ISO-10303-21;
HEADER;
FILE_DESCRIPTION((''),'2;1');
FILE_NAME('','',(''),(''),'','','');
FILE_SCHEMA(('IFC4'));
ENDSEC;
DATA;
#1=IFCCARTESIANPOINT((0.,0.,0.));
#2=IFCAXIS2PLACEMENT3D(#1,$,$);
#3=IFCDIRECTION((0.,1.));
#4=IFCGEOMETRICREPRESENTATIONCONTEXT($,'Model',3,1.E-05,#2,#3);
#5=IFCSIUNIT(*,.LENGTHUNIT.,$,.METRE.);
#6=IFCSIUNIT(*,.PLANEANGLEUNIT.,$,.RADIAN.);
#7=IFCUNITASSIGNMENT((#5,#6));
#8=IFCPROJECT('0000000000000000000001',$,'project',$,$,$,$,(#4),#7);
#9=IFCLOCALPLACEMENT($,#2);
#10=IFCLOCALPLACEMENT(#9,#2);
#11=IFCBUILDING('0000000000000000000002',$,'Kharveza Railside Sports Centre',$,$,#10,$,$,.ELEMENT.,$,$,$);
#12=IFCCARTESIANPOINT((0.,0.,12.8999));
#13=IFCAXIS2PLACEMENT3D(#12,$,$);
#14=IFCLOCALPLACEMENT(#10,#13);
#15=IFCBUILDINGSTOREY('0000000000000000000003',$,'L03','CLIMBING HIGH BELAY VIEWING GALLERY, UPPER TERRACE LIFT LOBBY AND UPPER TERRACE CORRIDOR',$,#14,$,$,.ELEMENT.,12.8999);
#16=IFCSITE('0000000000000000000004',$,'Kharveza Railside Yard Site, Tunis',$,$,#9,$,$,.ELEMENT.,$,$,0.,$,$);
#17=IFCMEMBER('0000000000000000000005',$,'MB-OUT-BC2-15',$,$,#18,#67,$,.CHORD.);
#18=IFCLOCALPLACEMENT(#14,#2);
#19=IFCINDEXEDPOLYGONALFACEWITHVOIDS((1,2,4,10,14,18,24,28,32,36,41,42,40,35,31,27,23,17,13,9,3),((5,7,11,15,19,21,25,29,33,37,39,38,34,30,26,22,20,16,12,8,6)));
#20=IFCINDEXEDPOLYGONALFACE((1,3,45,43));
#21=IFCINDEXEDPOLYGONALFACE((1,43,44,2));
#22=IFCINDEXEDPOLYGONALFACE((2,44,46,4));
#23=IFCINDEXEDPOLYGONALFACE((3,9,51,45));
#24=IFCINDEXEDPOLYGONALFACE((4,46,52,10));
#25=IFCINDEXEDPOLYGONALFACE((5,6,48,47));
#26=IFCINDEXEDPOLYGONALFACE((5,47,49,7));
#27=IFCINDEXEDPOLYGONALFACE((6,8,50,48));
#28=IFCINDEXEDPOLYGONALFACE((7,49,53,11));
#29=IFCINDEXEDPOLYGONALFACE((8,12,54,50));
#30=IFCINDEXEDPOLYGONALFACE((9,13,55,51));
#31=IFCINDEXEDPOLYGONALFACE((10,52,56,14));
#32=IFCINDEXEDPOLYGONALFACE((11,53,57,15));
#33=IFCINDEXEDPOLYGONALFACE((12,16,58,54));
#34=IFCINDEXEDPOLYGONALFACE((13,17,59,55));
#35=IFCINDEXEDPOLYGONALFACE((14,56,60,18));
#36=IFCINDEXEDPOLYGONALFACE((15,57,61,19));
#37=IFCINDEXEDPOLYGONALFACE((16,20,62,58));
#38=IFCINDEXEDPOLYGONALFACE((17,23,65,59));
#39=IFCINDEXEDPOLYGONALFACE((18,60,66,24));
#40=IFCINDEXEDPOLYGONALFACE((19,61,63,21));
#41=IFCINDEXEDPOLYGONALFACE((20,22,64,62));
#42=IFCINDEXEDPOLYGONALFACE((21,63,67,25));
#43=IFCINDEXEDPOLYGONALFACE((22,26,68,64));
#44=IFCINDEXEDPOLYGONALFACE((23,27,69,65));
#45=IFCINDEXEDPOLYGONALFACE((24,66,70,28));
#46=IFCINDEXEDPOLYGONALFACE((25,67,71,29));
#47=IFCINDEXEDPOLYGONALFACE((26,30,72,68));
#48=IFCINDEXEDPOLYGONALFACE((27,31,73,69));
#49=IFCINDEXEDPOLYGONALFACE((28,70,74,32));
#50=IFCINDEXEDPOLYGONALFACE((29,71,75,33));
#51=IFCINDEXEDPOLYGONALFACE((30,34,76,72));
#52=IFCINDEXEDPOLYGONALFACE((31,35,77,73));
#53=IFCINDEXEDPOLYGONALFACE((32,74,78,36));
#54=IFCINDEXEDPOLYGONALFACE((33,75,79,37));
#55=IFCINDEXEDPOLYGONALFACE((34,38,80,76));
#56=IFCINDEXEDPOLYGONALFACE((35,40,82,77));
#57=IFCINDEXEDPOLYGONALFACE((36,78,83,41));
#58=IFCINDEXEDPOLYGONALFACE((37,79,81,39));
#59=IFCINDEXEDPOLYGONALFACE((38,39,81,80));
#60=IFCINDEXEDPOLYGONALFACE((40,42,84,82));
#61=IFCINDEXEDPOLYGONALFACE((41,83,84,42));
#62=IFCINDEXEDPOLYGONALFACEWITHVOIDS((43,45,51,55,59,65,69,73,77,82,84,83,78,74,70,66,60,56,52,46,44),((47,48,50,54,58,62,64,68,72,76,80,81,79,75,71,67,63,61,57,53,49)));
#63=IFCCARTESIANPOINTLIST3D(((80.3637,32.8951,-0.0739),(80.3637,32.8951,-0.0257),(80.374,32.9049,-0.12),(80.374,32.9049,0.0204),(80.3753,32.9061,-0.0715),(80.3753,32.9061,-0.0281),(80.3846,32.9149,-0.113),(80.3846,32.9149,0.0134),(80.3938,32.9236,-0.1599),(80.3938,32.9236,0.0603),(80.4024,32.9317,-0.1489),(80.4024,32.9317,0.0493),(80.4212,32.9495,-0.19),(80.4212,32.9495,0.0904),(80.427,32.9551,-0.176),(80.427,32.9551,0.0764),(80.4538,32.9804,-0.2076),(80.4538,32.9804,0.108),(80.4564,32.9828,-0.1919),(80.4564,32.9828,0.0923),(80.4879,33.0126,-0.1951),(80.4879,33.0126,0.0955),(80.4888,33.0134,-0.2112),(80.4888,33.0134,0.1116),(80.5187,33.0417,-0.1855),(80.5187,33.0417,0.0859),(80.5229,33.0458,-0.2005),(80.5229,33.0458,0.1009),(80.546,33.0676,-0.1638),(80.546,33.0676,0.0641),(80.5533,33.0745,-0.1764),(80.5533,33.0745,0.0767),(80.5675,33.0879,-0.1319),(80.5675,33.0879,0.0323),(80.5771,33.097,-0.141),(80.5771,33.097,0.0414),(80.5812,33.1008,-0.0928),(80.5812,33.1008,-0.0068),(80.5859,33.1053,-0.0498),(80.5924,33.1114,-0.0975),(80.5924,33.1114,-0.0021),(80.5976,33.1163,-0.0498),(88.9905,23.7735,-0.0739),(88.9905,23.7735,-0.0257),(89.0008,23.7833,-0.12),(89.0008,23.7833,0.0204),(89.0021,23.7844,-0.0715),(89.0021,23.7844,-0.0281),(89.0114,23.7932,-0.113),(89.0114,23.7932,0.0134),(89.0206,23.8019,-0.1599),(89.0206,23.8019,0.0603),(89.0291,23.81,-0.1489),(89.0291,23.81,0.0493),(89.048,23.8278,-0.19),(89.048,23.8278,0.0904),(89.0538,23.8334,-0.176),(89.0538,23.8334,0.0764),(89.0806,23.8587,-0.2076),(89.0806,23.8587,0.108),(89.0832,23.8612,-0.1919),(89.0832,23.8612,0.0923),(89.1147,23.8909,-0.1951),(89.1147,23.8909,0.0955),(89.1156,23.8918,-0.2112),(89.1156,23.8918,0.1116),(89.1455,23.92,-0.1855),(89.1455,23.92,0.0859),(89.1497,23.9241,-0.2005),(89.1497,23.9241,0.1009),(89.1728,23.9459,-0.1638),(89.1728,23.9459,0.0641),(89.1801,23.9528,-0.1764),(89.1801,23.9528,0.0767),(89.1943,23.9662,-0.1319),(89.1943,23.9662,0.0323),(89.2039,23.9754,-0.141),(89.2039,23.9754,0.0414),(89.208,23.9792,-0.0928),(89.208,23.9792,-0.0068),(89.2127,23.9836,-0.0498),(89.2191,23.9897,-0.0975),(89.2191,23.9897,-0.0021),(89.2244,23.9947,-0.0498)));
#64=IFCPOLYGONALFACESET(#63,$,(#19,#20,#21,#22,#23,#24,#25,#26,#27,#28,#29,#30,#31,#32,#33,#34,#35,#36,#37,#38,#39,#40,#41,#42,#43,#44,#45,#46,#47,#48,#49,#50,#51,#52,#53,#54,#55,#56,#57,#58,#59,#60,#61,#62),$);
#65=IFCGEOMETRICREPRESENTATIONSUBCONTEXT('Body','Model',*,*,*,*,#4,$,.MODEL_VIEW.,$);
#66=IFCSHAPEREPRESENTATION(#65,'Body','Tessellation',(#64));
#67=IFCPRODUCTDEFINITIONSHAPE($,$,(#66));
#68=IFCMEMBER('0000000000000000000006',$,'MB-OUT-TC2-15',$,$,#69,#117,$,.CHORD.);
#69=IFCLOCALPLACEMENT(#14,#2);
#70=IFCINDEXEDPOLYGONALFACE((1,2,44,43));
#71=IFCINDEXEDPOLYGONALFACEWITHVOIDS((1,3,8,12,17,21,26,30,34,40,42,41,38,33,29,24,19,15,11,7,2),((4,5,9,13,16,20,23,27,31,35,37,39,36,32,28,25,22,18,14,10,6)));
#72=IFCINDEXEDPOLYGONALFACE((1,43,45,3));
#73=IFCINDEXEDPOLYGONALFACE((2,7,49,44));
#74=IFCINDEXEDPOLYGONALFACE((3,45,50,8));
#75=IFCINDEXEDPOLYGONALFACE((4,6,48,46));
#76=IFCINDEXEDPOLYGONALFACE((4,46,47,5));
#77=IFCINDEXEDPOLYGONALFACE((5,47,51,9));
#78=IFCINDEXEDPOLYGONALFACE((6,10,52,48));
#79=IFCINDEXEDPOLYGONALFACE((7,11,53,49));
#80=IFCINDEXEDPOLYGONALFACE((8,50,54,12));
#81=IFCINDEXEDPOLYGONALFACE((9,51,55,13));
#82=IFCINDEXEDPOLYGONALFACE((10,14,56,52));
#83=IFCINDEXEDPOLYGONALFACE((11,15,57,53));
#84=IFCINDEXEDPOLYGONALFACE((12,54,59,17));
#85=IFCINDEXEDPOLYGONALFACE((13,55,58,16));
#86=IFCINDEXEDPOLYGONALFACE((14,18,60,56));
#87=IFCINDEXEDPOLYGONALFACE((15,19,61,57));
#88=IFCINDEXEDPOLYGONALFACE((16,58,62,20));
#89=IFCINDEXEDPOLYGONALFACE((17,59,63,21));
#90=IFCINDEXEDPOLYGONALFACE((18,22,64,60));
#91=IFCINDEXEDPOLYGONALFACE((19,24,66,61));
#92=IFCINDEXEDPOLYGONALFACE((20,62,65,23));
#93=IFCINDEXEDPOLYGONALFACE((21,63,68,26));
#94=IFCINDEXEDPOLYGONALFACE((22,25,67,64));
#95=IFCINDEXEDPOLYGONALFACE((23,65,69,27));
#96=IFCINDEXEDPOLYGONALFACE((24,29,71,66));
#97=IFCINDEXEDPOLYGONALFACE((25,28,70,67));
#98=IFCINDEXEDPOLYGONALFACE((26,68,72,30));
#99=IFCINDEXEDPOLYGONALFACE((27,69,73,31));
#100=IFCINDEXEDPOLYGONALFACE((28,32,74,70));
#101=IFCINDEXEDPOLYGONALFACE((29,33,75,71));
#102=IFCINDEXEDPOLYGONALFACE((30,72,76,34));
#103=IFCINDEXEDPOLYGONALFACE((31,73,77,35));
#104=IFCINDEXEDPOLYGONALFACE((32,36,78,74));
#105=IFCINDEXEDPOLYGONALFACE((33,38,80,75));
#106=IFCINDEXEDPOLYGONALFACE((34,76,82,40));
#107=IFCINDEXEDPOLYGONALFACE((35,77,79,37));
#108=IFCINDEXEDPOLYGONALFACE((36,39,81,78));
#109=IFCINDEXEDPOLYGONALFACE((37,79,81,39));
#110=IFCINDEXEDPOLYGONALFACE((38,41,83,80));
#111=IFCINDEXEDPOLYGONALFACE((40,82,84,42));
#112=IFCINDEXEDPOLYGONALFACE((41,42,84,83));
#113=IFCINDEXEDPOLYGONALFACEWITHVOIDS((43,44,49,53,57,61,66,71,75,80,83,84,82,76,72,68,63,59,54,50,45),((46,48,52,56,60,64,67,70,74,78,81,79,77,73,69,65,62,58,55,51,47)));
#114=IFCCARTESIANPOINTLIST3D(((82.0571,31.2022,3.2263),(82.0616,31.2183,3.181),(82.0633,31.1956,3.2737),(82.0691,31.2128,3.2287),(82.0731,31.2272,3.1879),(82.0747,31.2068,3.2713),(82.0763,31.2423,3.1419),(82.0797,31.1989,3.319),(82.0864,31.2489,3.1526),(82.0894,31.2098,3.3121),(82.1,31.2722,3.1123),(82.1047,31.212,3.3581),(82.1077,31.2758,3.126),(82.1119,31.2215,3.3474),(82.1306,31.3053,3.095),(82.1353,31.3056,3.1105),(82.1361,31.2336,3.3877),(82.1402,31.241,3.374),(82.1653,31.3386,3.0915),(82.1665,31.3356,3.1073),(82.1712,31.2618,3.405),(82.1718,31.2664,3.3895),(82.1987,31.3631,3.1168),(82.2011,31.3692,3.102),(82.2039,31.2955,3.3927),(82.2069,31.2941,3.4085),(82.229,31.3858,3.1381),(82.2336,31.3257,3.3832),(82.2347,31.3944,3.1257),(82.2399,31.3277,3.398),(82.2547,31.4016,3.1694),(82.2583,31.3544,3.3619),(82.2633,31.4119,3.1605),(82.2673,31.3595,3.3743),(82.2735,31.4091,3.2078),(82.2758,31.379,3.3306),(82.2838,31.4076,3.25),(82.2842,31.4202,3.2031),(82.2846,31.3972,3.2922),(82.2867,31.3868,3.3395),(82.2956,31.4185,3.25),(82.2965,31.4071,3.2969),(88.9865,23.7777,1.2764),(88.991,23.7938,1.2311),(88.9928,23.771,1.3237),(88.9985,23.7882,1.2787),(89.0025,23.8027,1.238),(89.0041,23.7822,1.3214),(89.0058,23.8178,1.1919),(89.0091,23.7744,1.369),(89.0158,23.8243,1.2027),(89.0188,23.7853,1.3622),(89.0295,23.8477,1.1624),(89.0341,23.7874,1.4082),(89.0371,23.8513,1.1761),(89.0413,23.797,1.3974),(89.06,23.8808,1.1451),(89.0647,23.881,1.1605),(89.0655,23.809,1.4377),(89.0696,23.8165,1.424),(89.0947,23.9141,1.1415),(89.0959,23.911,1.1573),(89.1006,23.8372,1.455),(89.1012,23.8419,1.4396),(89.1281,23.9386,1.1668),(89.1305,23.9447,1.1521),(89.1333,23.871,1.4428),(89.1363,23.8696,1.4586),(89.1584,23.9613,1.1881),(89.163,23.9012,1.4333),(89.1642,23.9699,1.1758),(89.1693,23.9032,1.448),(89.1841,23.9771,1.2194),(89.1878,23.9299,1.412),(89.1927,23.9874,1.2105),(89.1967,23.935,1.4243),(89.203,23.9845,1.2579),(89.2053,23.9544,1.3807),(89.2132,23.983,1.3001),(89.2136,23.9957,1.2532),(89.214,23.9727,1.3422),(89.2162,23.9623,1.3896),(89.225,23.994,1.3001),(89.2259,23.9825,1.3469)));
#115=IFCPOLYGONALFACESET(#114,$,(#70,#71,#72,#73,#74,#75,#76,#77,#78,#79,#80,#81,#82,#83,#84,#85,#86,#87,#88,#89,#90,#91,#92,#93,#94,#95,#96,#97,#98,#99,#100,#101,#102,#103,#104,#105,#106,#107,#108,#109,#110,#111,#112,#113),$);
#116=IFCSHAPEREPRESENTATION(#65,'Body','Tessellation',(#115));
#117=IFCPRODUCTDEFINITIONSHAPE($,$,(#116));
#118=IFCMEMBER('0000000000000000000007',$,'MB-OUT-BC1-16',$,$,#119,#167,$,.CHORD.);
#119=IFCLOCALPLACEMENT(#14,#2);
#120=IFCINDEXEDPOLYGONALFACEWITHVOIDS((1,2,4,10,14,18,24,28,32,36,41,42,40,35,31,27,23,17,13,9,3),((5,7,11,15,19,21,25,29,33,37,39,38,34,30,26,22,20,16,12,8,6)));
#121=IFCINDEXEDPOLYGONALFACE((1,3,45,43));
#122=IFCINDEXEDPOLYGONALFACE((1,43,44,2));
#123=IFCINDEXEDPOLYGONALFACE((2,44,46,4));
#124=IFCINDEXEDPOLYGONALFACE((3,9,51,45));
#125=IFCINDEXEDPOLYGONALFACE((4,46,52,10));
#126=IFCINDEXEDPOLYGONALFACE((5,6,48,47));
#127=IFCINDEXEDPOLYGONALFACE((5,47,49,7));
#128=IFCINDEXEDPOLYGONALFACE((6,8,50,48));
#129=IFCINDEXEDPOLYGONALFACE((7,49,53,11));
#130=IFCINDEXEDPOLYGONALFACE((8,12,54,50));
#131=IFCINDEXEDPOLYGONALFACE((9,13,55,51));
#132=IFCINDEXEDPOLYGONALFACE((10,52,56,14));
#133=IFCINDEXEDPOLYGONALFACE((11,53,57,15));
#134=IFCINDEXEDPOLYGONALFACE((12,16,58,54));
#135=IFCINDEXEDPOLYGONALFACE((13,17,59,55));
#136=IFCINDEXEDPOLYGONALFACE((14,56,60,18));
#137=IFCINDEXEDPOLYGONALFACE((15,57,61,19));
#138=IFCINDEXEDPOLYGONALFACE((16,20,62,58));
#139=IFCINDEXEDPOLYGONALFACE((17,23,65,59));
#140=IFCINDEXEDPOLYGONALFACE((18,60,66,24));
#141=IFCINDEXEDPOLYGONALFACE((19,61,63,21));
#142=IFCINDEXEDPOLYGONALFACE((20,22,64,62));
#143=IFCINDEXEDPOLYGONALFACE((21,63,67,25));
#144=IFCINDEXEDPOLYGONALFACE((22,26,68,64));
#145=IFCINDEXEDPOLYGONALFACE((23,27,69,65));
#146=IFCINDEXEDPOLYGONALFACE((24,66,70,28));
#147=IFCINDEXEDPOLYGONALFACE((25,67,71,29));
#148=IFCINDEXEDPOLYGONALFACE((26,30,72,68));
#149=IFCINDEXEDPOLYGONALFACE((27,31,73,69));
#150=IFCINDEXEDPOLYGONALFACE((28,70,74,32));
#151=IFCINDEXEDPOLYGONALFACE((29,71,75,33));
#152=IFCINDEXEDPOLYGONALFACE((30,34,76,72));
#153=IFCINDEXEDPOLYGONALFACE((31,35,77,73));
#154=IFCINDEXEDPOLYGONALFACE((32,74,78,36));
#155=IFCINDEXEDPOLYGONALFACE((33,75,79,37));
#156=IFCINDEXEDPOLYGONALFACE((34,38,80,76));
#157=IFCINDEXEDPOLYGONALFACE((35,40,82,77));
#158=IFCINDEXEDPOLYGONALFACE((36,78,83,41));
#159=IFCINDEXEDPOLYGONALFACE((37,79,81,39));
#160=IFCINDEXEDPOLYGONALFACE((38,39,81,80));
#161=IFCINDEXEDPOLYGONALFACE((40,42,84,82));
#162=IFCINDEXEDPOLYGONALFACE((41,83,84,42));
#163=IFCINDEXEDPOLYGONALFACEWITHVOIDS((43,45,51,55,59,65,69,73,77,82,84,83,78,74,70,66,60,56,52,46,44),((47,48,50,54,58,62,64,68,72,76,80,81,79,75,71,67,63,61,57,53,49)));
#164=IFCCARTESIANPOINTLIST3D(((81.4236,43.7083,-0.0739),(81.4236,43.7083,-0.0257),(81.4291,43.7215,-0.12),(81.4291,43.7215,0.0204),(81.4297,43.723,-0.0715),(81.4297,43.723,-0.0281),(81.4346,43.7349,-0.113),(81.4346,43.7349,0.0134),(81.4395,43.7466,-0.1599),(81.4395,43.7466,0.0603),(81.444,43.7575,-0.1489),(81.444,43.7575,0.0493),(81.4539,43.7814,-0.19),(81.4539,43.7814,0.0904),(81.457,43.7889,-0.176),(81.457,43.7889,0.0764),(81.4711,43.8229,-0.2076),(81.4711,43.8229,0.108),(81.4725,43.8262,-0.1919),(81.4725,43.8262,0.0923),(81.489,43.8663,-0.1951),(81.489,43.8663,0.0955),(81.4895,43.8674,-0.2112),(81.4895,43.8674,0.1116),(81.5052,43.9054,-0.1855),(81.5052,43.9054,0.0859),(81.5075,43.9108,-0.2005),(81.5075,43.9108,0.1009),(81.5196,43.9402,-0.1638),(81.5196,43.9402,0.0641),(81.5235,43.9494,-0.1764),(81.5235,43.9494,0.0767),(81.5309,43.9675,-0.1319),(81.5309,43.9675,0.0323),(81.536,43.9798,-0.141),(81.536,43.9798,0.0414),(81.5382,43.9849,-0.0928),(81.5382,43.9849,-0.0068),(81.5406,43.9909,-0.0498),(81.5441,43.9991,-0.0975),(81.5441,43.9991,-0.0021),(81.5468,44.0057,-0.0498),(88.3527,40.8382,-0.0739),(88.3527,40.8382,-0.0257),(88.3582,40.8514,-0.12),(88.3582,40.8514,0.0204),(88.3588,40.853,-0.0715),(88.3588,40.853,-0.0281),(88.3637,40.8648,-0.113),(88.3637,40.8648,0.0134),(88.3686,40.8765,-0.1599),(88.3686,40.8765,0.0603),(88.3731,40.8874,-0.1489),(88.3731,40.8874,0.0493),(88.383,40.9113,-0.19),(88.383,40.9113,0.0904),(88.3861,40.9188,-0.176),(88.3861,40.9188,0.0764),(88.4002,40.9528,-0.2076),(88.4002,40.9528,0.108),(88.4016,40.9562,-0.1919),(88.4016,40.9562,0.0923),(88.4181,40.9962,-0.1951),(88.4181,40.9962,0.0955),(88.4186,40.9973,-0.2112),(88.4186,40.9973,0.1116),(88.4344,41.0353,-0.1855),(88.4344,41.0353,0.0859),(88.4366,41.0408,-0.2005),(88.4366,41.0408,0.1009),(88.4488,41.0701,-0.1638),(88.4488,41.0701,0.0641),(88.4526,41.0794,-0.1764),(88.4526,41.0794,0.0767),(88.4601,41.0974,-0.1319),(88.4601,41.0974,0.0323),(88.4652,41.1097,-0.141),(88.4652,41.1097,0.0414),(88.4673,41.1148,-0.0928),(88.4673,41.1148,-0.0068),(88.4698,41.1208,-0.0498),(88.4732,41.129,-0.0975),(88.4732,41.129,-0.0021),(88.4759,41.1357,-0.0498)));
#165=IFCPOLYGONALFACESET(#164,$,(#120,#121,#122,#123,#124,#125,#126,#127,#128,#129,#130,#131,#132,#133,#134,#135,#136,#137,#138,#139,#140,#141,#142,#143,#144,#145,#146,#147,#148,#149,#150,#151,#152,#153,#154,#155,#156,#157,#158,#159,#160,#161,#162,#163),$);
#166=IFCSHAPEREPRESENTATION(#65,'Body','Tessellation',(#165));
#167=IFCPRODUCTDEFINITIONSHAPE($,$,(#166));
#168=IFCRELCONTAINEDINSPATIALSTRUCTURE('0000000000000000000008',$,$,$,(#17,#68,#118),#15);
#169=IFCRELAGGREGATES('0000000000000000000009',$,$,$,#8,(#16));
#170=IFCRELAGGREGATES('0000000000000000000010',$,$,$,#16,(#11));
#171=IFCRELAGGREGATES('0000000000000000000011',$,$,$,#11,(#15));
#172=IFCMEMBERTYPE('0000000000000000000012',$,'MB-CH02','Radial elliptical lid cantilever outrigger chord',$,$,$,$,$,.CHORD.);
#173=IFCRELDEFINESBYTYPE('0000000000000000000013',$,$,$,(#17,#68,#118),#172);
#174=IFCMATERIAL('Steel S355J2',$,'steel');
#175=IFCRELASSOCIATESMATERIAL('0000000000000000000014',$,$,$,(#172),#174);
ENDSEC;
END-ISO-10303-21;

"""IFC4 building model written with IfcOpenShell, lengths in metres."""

from ifc_helpers import new_model, si_unit, direction, frame, origin, origin_2d, place, context, subcontext, project, spatial, hollow_circle, extrude, material, material_profile, profile_set, type_object, element, save


model = new_model("IFC4")

# Units and contexts
model_context = context("Model", 3, precision=1e-05, world=origin(), true_north=direction((0.0, 1.0)))
body_context = subcontext(model_context, "Body", "Model", "MODEL_VIEW")
ifc_project = project(units=[si_unit("LENGTHUNIT", "METRE"), si_unit("PLANEANGLEUNIT", "RADIAN")], contexts=[model_context])

# Site, building, storey
site_placement = place(None, origin())
site = spatial("IfcSite", under=ifc_project, at=site_placement, Name="Kharveza Railside Yard Site, Tunis", CompositionType="ELEMENT", RefElevation=0.0)
building_placement = place(site_placement, origin())
building = spatial("IfcBuilding", under=site, at=building_placement, Name="Kharveza Railside Sports Centre", CompositionType="ELEMENT")
storey_placement = place(building_placement, frame((0.0, 0.0, 12.8999)))
storey = spatial("IfcBuildingStorey", under=building, at=storey_placement, Name="L03", Description="CLIMBING HIGH BELAY VIEWING GALLERY, UPPER TERRACE LIFT LOBBY AND UPPER TERRACE CORRIDOR", CompositionType="ELEMENT", Elevation=12.8999)

# Shared definitions
ifc_material_1 = material(Name="Steel S355J2", Category="steel")

# Members
ifc_material_profile_1 = material_profile(ifc_material_1, hollow_circle(Radius=0.1619, WallThickness=0.0161, at=origin_2d()), Name="CHS 323.9x16.0")
ifc_profile_set_1 = profile_set([ifc_material_profile_1], Name="Steel S355J2")
member_type_1 = type_object("IfcMemberType", Name="MB-CH02", Description="Radial elliptical lid cantilever outrigger chord", PredefinedType="CHORD", material=ifc_profile_set_1)
member_1_placement = place(storey_placement, frame((80.48, 33.0051, -0.0498), z_axis=(0.687124, -0.726541, 0.0), x_axis=(0.726541, 0.687124, 0.0)))
element("IfcMember", 1, at=member_1_placement, inside=storey, type_object=member_type_1, Name="MB-OUT-BC2-15", PredefinedType="CHORD", context=body_context, shape_type="SweptSolid", body=[
    extrude(hollow_circle(Radius=0.1619, WallThickness=0.0161, at=origin_2d()), origin(), (0.0, 0.0, 1.0), 12.5549),
])
member_2_placement = place(storey_placement, frame((82.1772, 31.3081, 3.25), z_axis=(0.670071, -0.717949, -0.188559), x_axis=(0.731062, 0.682311, 0.0)))
element("IfcMember", 2, at=member_2_placement, inside=storey, type_object=member_type_1, Name="MB-OUT-TC2-15", PredefinedType="CHORD", context=body_context, shape_type="SweptSolid", body=[
    extrude(hollow_circle(Radius=0.1619, WallThickness=0.0161, at=origin_2d()), origin(), (0.0, 0.0, 1.0), 10.3413),
])
member_3_placement = place(storey_placement, frame((81.4849, 43.8562, -0.0498), z_axis=(0.923882, -0.382678, 0.0), x_axis=(0.382678, 0.923882, 0.0)))
element("IfcMember", 3, at=member_3_placement, inside=storey, type_object=member_type_1, Name="MB-OUT-BC1-16", PredefinedType="CHORD", context=body_context, shape_type="SweptSolid", body=[
    extrude(hollow_circle(Radius=0.1619, WallThickness=0.0161, at=origin_2d()), origin(), (0.0, 0.0, 1.0), 7.5),
])

save(model, "model.ifc")
